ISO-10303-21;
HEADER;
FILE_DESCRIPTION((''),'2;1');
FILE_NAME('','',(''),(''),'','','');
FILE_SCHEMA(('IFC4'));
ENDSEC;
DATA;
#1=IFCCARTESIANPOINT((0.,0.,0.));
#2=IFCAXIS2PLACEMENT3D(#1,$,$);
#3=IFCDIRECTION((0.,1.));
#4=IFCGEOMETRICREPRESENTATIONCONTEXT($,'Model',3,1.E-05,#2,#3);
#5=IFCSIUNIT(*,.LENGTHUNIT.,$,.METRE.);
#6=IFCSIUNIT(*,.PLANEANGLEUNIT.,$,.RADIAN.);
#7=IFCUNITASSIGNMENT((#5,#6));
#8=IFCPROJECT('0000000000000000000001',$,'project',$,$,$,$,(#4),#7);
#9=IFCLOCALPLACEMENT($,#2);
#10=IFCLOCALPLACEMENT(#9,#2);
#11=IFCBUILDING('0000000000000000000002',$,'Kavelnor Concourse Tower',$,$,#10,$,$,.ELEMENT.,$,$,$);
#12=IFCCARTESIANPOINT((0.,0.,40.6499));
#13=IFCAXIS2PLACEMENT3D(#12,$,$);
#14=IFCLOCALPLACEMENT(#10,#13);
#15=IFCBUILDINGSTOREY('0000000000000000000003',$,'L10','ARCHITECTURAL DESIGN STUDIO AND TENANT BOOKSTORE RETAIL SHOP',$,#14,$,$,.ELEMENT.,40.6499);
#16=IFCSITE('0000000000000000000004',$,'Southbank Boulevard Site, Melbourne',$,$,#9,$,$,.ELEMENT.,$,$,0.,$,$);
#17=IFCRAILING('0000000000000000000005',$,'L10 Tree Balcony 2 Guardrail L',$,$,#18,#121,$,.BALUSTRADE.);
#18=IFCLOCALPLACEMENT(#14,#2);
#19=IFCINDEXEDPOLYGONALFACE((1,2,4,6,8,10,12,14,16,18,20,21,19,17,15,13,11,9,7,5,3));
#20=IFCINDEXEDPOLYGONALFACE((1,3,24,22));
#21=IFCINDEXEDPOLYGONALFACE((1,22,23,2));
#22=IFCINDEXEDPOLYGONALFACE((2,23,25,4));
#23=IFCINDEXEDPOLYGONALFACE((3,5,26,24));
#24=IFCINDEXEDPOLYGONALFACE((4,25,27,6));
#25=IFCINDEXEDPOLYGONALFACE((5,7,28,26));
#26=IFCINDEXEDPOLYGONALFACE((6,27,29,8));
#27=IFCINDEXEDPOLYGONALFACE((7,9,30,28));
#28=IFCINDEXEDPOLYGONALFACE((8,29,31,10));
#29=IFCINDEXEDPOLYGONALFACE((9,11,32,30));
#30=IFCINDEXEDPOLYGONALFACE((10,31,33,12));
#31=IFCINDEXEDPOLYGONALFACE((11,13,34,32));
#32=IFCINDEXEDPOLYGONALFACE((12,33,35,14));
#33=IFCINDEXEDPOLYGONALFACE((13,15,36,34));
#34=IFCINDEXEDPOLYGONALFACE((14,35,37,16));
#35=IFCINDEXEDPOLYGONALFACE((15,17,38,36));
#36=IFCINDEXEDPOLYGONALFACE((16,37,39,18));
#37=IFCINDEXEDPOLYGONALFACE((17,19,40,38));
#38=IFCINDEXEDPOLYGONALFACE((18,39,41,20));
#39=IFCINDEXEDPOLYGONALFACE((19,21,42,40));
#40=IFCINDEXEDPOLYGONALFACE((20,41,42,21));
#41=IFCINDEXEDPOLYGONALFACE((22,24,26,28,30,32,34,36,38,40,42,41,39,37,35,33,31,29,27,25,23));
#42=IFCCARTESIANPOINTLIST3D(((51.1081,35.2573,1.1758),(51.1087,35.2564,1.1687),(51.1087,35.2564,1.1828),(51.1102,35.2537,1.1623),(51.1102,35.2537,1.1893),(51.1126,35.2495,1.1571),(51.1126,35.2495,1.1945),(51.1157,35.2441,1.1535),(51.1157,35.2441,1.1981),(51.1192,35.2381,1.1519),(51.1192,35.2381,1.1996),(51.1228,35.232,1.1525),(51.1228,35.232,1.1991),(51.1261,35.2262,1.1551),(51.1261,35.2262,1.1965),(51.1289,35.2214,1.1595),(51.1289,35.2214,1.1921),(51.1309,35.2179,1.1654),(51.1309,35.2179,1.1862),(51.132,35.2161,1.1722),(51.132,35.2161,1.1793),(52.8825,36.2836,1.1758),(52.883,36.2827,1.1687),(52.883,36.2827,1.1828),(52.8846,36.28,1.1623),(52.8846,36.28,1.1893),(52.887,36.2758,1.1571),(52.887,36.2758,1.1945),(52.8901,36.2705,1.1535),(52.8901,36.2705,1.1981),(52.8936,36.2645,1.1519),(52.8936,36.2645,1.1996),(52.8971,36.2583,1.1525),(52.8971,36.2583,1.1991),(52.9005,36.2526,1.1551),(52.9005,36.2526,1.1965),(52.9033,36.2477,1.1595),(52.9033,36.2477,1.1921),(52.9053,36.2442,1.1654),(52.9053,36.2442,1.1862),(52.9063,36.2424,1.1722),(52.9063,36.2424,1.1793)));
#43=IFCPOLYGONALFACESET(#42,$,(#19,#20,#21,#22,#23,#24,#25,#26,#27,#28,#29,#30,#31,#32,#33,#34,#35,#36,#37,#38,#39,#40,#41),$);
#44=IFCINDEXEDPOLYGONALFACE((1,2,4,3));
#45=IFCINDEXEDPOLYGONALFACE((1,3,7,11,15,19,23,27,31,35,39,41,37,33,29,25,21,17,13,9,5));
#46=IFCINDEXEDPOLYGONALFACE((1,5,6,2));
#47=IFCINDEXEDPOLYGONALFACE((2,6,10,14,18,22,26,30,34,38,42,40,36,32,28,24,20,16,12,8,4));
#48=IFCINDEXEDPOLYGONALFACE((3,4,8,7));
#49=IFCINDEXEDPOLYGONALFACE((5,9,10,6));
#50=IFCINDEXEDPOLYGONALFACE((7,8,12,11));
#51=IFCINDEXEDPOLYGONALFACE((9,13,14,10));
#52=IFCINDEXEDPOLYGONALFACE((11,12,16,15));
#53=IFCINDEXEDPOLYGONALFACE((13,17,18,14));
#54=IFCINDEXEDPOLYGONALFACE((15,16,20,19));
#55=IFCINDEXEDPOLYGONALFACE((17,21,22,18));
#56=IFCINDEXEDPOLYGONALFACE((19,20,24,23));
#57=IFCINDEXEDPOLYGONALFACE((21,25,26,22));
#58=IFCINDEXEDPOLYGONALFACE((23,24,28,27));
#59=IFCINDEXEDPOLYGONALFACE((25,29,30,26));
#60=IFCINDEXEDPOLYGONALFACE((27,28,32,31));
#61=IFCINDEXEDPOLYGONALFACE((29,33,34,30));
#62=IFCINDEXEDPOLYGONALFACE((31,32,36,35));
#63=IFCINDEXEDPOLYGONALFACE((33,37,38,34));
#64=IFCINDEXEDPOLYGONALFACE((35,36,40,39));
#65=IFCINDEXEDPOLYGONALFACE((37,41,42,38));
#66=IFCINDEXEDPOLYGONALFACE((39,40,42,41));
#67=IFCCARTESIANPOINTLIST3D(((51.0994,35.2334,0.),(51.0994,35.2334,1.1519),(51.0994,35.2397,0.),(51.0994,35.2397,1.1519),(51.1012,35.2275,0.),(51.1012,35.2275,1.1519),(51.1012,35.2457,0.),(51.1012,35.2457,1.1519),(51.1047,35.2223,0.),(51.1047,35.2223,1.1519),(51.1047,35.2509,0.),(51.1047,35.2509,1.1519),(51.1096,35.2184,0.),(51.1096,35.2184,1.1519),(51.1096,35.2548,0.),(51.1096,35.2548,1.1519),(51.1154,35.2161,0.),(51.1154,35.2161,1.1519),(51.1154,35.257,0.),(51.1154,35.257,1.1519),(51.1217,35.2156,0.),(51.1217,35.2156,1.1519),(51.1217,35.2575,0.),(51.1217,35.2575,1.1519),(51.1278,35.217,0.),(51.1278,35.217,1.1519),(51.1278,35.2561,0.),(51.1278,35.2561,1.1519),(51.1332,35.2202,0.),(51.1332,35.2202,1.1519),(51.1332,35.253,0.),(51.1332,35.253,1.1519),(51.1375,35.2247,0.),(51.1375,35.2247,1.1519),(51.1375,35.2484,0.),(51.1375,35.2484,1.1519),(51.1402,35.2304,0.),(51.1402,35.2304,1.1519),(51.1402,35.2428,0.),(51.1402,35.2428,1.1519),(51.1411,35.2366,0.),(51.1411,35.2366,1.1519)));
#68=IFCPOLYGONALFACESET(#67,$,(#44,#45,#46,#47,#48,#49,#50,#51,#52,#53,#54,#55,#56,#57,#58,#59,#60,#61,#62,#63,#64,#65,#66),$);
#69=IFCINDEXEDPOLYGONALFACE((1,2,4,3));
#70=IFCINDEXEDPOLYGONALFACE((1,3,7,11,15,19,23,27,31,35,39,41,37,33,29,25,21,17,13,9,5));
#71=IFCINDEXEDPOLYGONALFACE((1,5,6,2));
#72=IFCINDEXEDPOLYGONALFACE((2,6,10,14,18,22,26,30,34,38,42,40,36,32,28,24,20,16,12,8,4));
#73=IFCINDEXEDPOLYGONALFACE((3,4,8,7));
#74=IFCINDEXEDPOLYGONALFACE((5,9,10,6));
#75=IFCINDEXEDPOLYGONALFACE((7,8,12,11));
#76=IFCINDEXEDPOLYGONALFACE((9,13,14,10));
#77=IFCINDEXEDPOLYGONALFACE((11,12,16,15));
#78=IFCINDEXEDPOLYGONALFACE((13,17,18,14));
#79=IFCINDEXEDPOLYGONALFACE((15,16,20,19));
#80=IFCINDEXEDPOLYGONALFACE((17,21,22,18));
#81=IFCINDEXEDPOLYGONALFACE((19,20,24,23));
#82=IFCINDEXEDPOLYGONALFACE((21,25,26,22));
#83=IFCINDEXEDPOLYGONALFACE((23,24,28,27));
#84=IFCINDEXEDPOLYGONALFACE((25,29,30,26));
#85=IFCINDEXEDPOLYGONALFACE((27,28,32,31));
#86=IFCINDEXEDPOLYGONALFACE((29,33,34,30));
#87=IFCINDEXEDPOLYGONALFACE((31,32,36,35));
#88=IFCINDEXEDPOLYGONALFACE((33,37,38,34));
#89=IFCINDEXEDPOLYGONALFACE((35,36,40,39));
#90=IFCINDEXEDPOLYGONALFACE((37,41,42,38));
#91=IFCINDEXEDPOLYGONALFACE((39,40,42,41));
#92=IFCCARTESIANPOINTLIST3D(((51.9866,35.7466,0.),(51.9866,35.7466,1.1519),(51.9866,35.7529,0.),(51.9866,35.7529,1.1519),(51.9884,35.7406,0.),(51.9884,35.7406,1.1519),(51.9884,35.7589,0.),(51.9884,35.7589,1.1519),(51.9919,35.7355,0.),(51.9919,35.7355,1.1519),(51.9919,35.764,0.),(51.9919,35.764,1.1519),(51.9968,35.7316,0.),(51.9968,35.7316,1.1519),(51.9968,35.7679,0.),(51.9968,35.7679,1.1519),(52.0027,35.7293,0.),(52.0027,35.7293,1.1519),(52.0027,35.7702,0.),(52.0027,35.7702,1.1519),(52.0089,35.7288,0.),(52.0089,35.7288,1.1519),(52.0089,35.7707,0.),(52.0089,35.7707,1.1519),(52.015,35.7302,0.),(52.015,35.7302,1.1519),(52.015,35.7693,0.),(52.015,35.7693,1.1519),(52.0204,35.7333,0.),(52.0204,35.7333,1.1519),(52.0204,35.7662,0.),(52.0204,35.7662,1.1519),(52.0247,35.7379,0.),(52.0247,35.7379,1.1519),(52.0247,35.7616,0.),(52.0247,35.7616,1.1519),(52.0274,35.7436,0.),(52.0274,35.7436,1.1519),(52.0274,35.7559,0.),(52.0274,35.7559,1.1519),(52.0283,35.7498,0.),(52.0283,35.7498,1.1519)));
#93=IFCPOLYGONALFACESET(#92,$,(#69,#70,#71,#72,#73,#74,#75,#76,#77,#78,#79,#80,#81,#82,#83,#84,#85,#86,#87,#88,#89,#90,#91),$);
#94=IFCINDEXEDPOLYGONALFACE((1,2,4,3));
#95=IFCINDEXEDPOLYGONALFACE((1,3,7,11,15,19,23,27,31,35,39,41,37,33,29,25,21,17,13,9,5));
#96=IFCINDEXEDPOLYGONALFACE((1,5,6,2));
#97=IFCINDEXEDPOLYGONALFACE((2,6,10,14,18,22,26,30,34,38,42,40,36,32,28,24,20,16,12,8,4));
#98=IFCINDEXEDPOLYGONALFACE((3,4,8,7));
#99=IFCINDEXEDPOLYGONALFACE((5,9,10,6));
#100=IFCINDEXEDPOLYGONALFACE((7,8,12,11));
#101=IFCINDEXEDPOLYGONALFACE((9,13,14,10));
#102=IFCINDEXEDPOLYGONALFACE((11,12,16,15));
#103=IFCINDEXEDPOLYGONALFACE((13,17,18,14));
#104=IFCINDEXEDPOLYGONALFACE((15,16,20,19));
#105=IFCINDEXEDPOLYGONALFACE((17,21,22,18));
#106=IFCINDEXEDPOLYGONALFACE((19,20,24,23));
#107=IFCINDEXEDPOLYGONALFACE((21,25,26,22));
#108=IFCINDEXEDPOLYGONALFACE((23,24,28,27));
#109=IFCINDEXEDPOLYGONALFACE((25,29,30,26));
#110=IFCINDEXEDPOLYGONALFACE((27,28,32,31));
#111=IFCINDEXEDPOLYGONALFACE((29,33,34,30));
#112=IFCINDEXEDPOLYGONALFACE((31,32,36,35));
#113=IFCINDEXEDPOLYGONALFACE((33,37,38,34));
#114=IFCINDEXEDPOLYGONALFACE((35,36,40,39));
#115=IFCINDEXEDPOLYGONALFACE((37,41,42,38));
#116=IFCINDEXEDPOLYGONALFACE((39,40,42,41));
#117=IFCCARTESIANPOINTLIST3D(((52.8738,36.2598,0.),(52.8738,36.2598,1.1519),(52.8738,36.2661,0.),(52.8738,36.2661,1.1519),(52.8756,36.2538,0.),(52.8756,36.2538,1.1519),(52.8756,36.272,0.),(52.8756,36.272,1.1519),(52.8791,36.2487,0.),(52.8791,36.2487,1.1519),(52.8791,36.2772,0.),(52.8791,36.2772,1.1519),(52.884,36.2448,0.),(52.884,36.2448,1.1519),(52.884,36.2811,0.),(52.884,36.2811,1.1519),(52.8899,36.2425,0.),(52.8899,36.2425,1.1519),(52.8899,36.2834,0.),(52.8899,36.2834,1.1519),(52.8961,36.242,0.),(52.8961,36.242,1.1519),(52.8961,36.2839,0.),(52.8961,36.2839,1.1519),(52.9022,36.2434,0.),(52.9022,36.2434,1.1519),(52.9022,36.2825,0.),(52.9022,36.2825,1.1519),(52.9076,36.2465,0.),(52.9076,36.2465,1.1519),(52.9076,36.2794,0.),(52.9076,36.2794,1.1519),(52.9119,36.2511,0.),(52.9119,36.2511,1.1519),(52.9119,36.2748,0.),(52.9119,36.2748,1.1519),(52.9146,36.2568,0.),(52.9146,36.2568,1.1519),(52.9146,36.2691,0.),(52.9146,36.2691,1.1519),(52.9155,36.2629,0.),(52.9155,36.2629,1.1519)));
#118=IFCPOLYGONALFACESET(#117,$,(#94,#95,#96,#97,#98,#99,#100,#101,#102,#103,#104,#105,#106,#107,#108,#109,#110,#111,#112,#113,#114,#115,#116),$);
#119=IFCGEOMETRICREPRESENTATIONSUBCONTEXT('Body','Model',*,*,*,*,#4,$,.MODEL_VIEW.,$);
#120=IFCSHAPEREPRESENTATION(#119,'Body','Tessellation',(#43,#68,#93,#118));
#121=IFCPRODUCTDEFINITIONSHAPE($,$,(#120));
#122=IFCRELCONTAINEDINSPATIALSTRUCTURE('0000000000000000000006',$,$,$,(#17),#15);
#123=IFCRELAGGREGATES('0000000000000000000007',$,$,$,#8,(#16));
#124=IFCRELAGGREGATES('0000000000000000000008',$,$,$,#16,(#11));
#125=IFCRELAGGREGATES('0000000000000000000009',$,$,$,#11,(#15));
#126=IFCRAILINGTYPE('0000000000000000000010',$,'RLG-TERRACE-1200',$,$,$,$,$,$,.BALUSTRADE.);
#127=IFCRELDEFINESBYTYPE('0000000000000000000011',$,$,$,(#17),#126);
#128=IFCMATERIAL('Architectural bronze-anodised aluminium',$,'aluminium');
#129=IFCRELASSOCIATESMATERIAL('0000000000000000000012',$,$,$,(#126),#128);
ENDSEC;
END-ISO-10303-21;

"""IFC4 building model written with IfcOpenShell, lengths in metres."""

from ifc_helpers import new_model, si_unit, direction, frame, origin, origin_2d, place, context, subcontext, project, spatial, circle, extrude, material, type_object, element, save


model = new_model("IFC4")

# Units and contexts
model_context = context("Model", 3, precision=1e-05, world=origin(), true_north=direction((0.0, 1.0)))
body_context = subcontext(model_context, "Body", "Model", "MODEL_VIEW")
ifc_project = project(units=[si_unit("LENGTHUNIT", "METRE"), si_unit("PLANEANGLEUNIT", "RADIAN")], contexts=[model_context])

# Site, building, storey
site_placement = place(None, origin())
site = spatial("IfcSite", under=ifc_project, at=site_placement, Name="Southbank Boulevard Site, Melbourne", CompositionType="ELEMENT", RefElevation=0.0)
building_placement = place(site_placement, origin())
building = spatial("IfcBuilding", under=site, at=building_placement, Name="Kavelnor Concourse Tower", CompositionType="ELEMENT")
storey_placement = place(building_placement, frame((0.0, 0.0, 40.6499)))
storey = spatial("IfcBuildingStorey", under=building, at=storey_placement, Name="L10", Description="ARCHITECTURAL DESIGN STUDIO AND TENANT BOOKSTORE RETAIL SHOP", CompositionType="ELEMENT", Elevation=40.6499)

# Railing
ifc_material_1 = material(Name="Architectural bronze-anodised aluminium", Category="aluminium")
railing_type = type_object("IfcRailingType", Name="RLG-TERRACE-1200", PredefinedType="BALUSTRADE", material=ifc_material_1)
railing_1_placement = place(storey_placement, frame((51.1201, 35.2366, 0.0)))
element("IfcRailing", 1, at=railing_1_placement, inside=storey, type_object=railing_type, Name="L10 Tree Balcony 2 Guardrail L", PredefinedType="BALUSTRADE", context=body_context, shape_type="SweptSolid", body=[
    extrude(circle(Radius=0.0239, at=origin_2d()), frame((0.0, 0.0, 1.1758), z_axis=(0.865622, 0.500698, 0.0), x_axis=(-0.500698, 0.865622, 0.0)), (0.0, 0.0, 1.0), 2.0498),
    extrude(circle(Radius=0.021, at=origin_2d()), origin(), (0.0, 0.0, 1.0), 1.1519),
    extrude(circle(Radius=0.021, at=origin_2d()), frame((0.8872, 0.5132, 0.0)), (0.0, 0.0, 1.0), 1.1519),
    extrude(circle(Radius=0.021, at=origin_2d()), frame((1.7744, 1.0264, 0.0)), (0.0, 0.0, 1.0), 1.1519),
])

save(model, "model.ifc")
